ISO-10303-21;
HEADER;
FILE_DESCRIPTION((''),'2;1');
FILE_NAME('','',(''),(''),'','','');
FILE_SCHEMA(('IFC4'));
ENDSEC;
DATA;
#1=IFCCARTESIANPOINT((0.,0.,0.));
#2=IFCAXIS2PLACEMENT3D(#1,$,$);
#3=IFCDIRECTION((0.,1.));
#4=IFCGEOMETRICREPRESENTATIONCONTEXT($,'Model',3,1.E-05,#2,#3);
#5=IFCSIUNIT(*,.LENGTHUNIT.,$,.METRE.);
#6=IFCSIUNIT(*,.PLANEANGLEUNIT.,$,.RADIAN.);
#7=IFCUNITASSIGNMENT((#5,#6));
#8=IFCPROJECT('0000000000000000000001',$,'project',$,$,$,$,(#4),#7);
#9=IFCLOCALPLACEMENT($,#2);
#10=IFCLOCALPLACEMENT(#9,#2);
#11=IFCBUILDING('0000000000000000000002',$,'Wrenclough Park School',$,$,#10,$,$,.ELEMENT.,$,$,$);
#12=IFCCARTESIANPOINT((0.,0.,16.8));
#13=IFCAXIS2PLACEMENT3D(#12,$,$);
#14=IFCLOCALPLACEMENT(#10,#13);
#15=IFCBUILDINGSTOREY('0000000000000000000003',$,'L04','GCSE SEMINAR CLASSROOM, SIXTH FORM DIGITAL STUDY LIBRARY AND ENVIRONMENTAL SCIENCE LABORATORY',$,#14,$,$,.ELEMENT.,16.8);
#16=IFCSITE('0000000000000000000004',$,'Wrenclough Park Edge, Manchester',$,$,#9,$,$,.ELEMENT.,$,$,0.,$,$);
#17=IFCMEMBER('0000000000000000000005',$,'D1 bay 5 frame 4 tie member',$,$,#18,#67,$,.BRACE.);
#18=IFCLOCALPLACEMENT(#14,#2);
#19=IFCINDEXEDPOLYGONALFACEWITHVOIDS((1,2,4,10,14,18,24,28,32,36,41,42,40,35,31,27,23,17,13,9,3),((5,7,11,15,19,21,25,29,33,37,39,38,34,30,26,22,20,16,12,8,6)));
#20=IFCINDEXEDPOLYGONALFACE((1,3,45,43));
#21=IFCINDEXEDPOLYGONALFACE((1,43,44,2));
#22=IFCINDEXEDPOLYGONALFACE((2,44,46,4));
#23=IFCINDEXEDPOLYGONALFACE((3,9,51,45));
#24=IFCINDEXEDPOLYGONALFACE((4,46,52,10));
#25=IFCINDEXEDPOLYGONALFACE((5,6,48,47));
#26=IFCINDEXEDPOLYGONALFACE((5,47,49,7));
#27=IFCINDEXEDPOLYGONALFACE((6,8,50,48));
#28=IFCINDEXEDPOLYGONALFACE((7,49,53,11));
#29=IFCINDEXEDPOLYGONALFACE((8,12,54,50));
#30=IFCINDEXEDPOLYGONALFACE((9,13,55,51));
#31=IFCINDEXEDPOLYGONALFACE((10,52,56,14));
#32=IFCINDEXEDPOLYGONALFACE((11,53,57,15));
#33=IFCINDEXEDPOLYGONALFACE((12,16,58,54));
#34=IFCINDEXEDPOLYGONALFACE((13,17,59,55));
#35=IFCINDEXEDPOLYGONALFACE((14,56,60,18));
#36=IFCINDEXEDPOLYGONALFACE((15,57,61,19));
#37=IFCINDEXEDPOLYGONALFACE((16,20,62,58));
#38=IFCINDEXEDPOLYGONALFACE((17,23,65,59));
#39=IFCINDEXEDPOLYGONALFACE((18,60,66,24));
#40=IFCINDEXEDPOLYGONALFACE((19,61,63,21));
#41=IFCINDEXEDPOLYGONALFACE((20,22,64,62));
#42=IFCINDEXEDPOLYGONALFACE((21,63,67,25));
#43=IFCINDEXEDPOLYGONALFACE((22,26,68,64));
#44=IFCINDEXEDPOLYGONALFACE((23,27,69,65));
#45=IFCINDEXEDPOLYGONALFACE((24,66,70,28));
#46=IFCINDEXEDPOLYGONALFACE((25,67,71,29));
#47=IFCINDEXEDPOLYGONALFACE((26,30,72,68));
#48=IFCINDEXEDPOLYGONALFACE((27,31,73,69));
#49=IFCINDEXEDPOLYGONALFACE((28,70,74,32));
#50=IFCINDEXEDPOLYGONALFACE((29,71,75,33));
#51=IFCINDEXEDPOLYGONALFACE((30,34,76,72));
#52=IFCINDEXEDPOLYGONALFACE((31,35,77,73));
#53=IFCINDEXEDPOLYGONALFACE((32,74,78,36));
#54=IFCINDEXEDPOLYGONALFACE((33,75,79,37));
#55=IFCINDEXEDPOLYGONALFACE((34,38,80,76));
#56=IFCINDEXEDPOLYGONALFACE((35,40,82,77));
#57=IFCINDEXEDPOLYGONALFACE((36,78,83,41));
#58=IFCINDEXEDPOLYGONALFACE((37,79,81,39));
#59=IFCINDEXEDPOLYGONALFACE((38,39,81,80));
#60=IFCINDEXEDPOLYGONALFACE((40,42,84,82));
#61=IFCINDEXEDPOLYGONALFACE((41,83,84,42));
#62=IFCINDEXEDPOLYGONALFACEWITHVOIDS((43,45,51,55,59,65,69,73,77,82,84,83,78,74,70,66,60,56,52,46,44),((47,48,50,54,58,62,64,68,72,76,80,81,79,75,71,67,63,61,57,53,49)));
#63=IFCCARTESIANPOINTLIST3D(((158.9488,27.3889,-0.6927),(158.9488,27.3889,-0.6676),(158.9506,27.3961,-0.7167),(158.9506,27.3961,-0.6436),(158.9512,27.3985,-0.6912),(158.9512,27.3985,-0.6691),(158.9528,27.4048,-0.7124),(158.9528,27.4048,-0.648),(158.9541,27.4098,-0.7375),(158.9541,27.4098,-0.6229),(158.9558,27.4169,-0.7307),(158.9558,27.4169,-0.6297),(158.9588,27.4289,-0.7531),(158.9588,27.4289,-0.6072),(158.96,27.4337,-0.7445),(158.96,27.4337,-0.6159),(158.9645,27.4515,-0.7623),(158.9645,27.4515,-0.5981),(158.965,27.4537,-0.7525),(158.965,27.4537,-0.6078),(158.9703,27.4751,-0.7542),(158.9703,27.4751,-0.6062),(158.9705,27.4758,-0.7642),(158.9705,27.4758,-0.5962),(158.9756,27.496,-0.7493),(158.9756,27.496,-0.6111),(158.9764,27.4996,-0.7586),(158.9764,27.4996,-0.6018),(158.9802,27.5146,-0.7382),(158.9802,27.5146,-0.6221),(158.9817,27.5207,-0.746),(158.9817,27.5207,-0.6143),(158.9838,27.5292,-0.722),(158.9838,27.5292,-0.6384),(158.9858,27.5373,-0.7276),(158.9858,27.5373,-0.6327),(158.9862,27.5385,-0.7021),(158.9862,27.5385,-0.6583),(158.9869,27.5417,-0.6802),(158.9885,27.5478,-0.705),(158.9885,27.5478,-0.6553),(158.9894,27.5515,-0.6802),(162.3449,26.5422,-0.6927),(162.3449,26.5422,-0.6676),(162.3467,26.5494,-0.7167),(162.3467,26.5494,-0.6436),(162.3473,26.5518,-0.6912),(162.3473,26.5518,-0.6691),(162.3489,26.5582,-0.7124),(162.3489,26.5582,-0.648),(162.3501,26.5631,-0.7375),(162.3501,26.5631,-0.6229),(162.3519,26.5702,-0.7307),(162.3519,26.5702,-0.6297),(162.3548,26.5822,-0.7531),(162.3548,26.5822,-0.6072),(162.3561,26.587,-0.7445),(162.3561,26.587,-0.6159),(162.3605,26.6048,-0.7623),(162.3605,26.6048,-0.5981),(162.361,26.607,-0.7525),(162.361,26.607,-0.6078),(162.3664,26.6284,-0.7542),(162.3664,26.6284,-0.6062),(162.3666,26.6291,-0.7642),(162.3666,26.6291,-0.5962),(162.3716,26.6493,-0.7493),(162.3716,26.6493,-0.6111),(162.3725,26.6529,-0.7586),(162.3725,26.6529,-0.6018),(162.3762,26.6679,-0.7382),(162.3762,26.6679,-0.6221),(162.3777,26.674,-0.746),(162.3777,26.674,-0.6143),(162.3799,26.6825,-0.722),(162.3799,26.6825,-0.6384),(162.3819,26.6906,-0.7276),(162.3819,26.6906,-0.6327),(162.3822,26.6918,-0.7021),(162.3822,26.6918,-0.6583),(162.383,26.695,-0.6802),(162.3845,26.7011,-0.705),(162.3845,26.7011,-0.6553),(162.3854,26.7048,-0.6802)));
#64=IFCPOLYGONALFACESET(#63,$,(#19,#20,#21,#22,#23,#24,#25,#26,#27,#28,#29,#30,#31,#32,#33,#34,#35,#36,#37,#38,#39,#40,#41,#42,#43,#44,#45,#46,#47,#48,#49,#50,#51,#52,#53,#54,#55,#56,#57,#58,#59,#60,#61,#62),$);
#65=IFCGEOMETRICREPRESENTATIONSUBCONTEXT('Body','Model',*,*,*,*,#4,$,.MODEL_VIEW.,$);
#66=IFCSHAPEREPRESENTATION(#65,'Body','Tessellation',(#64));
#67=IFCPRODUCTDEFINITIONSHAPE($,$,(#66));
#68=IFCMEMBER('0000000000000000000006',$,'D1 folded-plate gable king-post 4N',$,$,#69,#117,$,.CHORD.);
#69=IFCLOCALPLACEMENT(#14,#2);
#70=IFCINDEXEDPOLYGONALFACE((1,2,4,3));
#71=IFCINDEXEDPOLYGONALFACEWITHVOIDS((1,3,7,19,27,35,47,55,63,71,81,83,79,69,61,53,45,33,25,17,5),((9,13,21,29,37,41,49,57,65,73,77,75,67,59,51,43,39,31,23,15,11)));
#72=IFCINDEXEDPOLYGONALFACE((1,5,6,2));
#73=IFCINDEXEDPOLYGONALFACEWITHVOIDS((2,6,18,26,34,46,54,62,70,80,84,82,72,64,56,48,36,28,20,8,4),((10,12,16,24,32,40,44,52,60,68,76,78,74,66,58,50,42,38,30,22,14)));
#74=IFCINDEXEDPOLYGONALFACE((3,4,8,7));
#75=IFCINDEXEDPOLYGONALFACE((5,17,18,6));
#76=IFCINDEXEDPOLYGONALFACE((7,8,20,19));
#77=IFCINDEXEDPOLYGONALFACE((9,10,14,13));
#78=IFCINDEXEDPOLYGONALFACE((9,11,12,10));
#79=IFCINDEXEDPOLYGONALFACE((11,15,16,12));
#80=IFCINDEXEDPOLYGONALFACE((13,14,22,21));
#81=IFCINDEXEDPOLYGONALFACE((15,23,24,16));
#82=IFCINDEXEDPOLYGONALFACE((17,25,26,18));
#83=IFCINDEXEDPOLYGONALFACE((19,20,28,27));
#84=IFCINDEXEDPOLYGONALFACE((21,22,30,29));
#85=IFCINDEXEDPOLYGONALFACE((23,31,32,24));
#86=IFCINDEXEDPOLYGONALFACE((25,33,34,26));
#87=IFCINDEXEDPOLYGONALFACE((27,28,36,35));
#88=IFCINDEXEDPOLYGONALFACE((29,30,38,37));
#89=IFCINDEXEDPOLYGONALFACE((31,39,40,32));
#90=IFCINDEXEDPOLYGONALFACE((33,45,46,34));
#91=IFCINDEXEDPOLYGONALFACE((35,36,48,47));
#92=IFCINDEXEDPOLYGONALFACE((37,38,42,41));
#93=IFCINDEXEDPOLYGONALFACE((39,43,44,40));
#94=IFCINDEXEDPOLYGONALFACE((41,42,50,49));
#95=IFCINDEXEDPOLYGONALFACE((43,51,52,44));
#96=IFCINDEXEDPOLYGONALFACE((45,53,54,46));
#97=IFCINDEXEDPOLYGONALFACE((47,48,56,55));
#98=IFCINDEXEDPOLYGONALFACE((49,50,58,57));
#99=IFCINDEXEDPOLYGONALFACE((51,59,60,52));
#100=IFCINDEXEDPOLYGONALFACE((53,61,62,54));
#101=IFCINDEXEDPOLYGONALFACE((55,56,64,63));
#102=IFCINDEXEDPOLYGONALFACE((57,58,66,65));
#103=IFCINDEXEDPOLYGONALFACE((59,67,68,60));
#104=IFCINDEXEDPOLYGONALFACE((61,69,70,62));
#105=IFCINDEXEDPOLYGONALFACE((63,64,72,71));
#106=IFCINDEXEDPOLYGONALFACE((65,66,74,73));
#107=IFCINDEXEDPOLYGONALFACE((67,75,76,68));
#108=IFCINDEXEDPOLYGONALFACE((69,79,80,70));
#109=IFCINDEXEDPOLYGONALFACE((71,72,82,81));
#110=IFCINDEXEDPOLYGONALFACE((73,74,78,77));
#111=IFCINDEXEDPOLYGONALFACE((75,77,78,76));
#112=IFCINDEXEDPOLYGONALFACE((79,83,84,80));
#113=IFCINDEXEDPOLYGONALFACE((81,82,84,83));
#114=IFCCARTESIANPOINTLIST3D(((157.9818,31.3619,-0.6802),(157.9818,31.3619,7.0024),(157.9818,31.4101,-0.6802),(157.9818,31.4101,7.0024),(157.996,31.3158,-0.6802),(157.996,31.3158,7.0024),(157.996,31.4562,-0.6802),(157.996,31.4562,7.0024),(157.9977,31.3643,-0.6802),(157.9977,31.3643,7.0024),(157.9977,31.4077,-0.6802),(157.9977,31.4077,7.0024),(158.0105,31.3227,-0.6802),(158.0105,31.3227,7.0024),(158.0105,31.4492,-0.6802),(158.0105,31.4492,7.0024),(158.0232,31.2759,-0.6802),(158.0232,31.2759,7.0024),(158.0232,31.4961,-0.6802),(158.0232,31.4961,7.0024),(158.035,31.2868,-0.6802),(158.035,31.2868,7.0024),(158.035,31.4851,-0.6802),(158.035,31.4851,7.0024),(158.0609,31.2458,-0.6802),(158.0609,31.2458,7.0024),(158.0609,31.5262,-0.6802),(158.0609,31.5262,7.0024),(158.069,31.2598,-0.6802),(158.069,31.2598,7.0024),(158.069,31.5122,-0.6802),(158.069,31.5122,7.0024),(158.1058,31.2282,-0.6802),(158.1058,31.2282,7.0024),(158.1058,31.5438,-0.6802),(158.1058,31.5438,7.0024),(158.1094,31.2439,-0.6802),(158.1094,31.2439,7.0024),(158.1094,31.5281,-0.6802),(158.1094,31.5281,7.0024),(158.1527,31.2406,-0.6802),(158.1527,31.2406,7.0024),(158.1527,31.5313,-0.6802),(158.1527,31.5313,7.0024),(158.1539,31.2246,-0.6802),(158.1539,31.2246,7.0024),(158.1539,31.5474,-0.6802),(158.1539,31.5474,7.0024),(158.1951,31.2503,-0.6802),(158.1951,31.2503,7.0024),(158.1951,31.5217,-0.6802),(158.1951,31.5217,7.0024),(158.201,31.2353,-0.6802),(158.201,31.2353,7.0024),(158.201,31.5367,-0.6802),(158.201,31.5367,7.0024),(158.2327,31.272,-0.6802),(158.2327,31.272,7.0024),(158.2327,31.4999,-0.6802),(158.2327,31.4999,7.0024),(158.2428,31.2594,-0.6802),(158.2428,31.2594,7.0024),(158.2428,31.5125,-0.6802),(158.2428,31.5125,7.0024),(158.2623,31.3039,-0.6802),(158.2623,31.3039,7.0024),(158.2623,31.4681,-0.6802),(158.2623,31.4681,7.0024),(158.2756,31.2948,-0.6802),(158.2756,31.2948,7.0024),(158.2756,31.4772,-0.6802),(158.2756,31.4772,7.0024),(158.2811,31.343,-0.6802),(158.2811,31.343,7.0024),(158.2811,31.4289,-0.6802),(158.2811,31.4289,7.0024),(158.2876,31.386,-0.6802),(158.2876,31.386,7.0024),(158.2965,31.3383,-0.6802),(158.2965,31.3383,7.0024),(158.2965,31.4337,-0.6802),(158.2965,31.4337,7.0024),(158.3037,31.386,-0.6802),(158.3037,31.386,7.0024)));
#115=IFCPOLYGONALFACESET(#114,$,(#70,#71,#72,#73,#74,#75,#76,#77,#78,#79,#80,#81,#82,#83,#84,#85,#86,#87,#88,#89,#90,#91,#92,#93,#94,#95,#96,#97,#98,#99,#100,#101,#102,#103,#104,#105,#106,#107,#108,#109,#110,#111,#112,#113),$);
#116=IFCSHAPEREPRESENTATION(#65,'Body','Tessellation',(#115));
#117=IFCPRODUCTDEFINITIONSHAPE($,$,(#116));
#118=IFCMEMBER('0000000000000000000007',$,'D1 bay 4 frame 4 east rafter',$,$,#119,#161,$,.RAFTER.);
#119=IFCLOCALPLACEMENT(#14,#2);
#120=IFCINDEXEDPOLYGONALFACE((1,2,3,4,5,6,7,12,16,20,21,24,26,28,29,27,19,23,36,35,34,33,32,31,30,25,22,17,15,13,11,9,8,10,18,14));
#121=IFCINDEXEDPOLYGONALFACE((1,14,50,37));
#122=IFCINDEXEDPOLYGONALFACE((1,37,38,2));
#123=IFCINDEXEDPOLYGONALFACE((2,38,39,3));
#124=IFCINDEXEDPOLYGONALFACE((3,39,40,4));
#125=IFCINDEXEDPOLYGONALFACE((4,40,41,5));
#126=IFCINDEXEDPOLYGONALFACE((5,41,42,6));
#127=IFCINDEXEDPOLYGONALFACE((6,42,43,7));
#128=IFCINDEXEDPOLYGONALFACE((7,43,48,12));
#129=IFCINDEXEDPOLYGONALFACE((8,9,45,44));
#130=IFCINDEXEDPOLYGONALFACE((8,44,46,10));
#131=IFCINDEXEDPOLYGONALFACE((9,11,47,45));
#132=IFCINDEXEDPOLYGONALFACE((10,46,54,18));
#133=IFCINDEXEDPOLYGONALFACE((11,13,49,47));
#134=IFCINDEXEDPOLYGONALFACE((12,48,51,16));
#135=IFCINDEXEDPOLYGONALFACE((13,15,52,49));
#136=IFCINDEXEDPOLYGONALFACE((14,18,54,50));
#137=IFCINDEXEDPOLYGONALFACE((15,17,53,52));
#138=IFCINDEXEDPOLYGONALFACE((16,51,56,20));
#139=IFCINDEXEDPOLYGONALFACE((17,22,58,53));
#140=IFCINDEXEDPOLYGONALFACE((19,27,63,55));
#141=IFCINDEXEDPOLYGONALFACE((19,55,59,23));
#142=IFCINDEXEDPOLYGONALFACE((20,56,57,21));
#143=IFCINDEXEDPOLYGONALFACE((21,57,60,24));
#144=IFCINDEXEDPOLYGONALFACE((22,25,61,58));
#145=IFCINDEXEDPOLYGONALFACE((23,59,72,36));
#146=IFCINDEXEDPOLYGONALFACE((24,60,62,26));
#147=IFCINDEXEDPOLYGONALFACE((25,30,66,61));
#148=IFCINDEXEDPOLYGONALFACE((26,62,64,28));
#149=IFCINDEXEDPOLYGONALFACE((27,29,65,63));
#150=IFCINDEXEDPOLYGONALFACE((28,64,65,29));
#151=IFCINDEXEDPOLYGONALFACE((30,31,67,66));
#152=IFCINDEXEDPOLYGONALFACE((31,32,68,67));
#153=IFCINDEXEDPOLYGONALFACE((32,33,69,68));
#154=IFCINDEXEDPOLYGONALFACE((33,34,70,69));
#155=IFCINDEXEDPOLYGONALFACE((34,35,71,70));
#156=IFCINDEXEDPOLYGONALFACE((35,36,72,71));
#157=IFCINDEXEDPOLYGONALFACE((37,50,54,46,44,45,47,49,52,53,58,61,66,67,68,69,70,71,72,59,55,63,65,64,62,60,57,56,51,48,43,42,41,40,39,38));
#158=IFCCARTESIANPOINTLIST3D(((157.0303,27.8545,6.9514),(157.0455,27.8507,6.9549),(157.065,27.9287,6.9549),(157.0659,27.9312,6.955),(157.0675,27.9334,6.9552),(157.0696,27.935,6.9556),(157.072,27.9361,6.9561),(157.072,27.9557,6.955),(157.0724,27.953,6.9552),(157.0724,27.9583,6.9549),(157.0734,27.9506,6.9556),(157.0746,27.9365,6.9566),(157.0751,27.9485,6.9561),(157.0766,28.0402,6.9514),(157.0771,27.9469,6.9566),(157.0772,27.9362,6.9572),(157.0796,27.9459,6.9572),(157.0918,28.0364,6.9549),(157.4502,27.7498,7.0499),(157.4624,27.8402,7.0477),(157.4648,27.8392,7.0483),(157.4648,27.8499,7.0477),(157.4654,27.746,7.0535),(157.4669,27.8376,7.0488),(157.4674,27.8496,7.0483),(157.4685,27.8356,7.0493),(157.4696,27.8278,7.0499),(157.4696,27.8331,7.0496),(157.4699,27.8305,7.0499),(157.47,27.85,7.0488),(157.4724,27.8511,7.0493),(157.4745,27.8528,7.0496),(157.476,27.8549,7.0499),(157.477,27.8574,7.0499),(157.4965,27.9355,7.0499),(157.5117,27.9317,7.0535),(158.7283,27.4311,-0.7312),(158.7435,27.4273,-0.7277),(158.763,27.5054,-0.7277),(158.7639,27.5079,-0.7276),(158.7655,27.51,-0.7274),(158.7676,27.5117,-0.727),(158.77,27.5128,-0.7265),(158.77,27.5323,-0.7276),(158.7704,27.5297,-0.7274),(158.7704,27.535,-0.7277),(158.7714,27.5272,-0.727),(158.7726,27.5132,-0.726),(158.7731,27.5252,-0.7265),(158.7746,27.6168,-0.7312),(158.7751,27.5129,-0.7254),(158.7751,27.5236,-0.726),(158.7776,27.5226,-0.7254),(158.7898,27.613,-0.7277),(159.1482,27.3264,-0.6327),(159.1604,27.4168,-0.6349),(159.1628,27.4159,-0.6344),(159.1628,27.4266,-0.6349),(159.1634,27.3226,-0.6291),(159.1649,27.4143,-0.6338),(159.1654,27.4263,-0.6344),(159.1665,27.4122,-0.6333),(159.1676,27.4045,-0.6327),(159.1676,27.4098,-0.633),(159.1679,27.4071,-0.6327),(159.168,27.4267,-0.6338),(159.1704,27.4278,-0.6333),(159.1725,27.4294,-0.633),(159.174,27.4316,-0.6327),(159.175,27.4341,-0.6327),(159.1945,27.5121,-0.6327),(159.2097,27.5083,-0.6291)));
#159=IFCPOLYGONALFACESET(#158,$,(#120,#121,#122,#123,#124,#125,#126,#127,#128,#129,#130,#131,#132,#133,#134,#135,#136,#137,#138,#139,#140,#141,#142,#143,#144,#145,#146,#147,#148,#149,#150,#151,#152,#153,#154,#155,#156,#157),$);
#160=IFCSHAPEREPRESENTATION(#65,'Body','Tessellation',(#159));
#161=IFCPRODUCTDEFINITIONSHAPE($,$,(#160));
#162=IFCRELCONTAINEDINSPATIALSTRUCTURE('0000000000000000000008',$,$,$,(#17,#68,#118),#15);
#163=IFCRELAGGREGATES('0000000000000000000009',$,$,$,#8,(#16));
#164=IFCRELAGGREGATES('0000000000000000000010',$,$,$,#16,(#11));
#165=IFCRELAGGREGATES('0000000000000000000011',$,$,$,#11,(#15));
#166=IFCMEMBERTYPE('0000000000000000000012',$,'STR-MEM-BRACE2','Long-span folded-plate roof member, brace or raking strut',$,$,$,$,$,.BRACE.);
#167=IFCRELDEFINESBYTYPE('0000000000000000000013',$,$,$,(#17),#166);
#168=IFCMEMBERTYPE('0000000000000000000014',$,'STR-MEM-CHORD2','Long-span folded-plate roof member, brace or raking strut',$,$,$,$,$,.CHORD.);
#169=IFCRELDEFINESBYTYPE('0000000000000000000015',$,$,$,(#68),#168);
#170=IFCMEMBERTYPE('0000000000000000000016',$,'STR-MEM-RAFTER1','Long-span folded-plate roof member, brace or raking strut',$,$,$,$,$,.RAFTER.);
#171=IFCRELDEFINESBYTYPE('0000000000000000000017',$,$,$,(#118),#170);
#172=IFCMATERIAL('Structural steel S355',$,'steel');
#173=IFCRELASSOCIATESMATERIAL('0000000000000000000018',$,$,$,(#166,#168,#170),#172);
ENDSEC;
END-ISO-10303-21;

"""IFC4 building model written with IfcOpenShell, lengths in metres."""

from ifc_helpers import new_model, si_unit, direction, frame, origin, origin_2d, place, context, subcontext, project, spatial, hollow_circle, i_section, extrude, material, material_profile, profile_set, type_object, element, save


model = new_model("IFC4")

# Units and contexts
model_context = context("Model", 3, precision=1e-05, world=origin(), true_north=direction((0.0, 1.0)))
body_context = subcontext(model_context, "Body", "Model", "MODEL_VIEW")
ifc_project = project(units=[si_unit("LENGTHUNIT", "METRE"), si_unit("PLANEANGLEUNIT", "RADIAN")], contexts=[model_context])

# Site, building, storey
site_placement = place(None, origin())
site = spatial("IfcSite", under=ifc_project, at=site_placement, Name="Wrenclough Park Edge, Manchester", CompositionType="ELEMENT", RefElevation=0.0)
building_placement = place(site_placement, origin())
building = spatial("IfcBuilding", under=site, at=building_placement, Name="Wrenclough Park School", CompositionType="ELEMENT")
storey_placement = place(building_placement, frame((0.0, 0.0, 16.8)))
storey = spatial("IfcBuildingStorey", under=building, at=storey_placement, Name="L04", Description="GCSE SEMINAR CLASSROOM, SIXTH FORM DIGITAL STUDY LIBRARY AND ENVIRONMENTAL SCIENCE LABORATORY", CompositionType="ELEMENT", Elevation=16.8)

# Shared definitions
ifc_material_1 = material(Name="Structural steel S355", Category="steel")

# Members
ifc_material_profile_1 = material_profile(ifc_material_1, hollow_circle(Radius=0.0842, WallThickness=0.01, at=origin_2d()), Name="CHS 168.3x10.0")
ifc_profile_set_1 = profile_set([ifc_material_profile_1], Name="Structural steel S355")
member_type_1 = type_object("IfcMemberType", Name="STR-MEM-BRACE2", Description="Long-span folded-plate roof member, brace or raking strut", PredefinedType="BRACE", material=ifc_profile_set_1)
member_1_placement = place(storey_placement, frame((158.969, 27.4697, -0.6802), z_axis=(0.970298, -0.241912, 0.0), x_axis=(0.241912, 0.970298, 0.0)))
element("IfcMember", 1, at=member_1_placement, inside=storey, type_object=member_type_1, Name="D1 bay 5 frame 4 tie member", PredefinedType="BRACE", context=body_context, shape_type="SweptSolid", body=[
    extrude(hollow_circle(Radius=0.0842, WallThickness=0.01, at=origin_2d()), origin(), (0.0, 0.0, 1.0), 3.5),
])
ifc_material_profile_2 = material_profile(ifc_material_1, hollow_circle(Radius=0.1619, WallThickness=0.0161, at=origin_2d()), Name="CHS 323.9x16.0")
ifc_profile_set_2 = profile_set([ifc_material_profile_2], Name="Structural steel S355")
member_type_2 = type_object("IfcMemberType", Name="STR-MEM-CHORD2", Description="Long-span folded-plate roof member, brace or raking strut", PredefinedType="CHORD", material=ifc_profile_set_2)
member_2_placement = place(storey_placement, frame((158.1418, 31.386, -0.6802), z_axis=(0.0, 0.0, 1.0), x_axis=(1.0, 0.0, 0.0)))
element("IfcMember", 2, at=member_2_placement, inside=storey, type_object=member_type_2, Name="D1 folded-plate gable king-post 4N", PredefinedType="CHORD", context=body_context, shape_type="SweptSolid", body=[
    extrude(hollow_circle(Radius=0.1619, WallThickness=0.0161, at=origin_2d()), origin(), (0.0, 0.0, 1.0), 7.6826),
])
ifc_material_profile_3 = material_profile(ifc_material_1, i_section(OverallWidth=0.1914, OverallDepth=0.46, WebThickness=0.01, FlangeThickness=0.0161, FilletRadius=0.0103, at=origin_2d()), Name="UKB 457x191x82")
ifc_profile_set_3 = profile_set([ifc_material_profile_3], Name="Structural steel S355")
member_type_3 = type_object("IfcMemberType", Name="STR-MEM-RAFTER1", Description="Long-span folded-plate roof member, brace or raking strut", PredefinedType="RAFTER", material=ifc_profile_set_3)
for number, where, z_axis, x_axis, name in (
    (3, (157.271, 27.8931, 7.0024), (0.215498, -0.053727, -0.975025), (0.241912, 0.970298, 0.0), "D1 bay 4 frame 4 east rafter"),
):
    element("IfcMember", number, at=place(storey_placement, frame(where, z_axis=z_axis, x_axis=x_axis)), inside=storey, type_object=member_type_3, Name=name, PredefinedType="RAFTER", context=body_context, shape_type="SweptSolid", body=[
        extrude(i_section(OverallWidth=0.1914, OverallDepth=0.46, WebThickness=0.01, FlangeThickness=0.0161, FilletRadius=0.0103, at=origin_2d()), origin(), (0.0, 0.0, 1.0), 7.8794),
    ])

save(model, "model.ifc")
